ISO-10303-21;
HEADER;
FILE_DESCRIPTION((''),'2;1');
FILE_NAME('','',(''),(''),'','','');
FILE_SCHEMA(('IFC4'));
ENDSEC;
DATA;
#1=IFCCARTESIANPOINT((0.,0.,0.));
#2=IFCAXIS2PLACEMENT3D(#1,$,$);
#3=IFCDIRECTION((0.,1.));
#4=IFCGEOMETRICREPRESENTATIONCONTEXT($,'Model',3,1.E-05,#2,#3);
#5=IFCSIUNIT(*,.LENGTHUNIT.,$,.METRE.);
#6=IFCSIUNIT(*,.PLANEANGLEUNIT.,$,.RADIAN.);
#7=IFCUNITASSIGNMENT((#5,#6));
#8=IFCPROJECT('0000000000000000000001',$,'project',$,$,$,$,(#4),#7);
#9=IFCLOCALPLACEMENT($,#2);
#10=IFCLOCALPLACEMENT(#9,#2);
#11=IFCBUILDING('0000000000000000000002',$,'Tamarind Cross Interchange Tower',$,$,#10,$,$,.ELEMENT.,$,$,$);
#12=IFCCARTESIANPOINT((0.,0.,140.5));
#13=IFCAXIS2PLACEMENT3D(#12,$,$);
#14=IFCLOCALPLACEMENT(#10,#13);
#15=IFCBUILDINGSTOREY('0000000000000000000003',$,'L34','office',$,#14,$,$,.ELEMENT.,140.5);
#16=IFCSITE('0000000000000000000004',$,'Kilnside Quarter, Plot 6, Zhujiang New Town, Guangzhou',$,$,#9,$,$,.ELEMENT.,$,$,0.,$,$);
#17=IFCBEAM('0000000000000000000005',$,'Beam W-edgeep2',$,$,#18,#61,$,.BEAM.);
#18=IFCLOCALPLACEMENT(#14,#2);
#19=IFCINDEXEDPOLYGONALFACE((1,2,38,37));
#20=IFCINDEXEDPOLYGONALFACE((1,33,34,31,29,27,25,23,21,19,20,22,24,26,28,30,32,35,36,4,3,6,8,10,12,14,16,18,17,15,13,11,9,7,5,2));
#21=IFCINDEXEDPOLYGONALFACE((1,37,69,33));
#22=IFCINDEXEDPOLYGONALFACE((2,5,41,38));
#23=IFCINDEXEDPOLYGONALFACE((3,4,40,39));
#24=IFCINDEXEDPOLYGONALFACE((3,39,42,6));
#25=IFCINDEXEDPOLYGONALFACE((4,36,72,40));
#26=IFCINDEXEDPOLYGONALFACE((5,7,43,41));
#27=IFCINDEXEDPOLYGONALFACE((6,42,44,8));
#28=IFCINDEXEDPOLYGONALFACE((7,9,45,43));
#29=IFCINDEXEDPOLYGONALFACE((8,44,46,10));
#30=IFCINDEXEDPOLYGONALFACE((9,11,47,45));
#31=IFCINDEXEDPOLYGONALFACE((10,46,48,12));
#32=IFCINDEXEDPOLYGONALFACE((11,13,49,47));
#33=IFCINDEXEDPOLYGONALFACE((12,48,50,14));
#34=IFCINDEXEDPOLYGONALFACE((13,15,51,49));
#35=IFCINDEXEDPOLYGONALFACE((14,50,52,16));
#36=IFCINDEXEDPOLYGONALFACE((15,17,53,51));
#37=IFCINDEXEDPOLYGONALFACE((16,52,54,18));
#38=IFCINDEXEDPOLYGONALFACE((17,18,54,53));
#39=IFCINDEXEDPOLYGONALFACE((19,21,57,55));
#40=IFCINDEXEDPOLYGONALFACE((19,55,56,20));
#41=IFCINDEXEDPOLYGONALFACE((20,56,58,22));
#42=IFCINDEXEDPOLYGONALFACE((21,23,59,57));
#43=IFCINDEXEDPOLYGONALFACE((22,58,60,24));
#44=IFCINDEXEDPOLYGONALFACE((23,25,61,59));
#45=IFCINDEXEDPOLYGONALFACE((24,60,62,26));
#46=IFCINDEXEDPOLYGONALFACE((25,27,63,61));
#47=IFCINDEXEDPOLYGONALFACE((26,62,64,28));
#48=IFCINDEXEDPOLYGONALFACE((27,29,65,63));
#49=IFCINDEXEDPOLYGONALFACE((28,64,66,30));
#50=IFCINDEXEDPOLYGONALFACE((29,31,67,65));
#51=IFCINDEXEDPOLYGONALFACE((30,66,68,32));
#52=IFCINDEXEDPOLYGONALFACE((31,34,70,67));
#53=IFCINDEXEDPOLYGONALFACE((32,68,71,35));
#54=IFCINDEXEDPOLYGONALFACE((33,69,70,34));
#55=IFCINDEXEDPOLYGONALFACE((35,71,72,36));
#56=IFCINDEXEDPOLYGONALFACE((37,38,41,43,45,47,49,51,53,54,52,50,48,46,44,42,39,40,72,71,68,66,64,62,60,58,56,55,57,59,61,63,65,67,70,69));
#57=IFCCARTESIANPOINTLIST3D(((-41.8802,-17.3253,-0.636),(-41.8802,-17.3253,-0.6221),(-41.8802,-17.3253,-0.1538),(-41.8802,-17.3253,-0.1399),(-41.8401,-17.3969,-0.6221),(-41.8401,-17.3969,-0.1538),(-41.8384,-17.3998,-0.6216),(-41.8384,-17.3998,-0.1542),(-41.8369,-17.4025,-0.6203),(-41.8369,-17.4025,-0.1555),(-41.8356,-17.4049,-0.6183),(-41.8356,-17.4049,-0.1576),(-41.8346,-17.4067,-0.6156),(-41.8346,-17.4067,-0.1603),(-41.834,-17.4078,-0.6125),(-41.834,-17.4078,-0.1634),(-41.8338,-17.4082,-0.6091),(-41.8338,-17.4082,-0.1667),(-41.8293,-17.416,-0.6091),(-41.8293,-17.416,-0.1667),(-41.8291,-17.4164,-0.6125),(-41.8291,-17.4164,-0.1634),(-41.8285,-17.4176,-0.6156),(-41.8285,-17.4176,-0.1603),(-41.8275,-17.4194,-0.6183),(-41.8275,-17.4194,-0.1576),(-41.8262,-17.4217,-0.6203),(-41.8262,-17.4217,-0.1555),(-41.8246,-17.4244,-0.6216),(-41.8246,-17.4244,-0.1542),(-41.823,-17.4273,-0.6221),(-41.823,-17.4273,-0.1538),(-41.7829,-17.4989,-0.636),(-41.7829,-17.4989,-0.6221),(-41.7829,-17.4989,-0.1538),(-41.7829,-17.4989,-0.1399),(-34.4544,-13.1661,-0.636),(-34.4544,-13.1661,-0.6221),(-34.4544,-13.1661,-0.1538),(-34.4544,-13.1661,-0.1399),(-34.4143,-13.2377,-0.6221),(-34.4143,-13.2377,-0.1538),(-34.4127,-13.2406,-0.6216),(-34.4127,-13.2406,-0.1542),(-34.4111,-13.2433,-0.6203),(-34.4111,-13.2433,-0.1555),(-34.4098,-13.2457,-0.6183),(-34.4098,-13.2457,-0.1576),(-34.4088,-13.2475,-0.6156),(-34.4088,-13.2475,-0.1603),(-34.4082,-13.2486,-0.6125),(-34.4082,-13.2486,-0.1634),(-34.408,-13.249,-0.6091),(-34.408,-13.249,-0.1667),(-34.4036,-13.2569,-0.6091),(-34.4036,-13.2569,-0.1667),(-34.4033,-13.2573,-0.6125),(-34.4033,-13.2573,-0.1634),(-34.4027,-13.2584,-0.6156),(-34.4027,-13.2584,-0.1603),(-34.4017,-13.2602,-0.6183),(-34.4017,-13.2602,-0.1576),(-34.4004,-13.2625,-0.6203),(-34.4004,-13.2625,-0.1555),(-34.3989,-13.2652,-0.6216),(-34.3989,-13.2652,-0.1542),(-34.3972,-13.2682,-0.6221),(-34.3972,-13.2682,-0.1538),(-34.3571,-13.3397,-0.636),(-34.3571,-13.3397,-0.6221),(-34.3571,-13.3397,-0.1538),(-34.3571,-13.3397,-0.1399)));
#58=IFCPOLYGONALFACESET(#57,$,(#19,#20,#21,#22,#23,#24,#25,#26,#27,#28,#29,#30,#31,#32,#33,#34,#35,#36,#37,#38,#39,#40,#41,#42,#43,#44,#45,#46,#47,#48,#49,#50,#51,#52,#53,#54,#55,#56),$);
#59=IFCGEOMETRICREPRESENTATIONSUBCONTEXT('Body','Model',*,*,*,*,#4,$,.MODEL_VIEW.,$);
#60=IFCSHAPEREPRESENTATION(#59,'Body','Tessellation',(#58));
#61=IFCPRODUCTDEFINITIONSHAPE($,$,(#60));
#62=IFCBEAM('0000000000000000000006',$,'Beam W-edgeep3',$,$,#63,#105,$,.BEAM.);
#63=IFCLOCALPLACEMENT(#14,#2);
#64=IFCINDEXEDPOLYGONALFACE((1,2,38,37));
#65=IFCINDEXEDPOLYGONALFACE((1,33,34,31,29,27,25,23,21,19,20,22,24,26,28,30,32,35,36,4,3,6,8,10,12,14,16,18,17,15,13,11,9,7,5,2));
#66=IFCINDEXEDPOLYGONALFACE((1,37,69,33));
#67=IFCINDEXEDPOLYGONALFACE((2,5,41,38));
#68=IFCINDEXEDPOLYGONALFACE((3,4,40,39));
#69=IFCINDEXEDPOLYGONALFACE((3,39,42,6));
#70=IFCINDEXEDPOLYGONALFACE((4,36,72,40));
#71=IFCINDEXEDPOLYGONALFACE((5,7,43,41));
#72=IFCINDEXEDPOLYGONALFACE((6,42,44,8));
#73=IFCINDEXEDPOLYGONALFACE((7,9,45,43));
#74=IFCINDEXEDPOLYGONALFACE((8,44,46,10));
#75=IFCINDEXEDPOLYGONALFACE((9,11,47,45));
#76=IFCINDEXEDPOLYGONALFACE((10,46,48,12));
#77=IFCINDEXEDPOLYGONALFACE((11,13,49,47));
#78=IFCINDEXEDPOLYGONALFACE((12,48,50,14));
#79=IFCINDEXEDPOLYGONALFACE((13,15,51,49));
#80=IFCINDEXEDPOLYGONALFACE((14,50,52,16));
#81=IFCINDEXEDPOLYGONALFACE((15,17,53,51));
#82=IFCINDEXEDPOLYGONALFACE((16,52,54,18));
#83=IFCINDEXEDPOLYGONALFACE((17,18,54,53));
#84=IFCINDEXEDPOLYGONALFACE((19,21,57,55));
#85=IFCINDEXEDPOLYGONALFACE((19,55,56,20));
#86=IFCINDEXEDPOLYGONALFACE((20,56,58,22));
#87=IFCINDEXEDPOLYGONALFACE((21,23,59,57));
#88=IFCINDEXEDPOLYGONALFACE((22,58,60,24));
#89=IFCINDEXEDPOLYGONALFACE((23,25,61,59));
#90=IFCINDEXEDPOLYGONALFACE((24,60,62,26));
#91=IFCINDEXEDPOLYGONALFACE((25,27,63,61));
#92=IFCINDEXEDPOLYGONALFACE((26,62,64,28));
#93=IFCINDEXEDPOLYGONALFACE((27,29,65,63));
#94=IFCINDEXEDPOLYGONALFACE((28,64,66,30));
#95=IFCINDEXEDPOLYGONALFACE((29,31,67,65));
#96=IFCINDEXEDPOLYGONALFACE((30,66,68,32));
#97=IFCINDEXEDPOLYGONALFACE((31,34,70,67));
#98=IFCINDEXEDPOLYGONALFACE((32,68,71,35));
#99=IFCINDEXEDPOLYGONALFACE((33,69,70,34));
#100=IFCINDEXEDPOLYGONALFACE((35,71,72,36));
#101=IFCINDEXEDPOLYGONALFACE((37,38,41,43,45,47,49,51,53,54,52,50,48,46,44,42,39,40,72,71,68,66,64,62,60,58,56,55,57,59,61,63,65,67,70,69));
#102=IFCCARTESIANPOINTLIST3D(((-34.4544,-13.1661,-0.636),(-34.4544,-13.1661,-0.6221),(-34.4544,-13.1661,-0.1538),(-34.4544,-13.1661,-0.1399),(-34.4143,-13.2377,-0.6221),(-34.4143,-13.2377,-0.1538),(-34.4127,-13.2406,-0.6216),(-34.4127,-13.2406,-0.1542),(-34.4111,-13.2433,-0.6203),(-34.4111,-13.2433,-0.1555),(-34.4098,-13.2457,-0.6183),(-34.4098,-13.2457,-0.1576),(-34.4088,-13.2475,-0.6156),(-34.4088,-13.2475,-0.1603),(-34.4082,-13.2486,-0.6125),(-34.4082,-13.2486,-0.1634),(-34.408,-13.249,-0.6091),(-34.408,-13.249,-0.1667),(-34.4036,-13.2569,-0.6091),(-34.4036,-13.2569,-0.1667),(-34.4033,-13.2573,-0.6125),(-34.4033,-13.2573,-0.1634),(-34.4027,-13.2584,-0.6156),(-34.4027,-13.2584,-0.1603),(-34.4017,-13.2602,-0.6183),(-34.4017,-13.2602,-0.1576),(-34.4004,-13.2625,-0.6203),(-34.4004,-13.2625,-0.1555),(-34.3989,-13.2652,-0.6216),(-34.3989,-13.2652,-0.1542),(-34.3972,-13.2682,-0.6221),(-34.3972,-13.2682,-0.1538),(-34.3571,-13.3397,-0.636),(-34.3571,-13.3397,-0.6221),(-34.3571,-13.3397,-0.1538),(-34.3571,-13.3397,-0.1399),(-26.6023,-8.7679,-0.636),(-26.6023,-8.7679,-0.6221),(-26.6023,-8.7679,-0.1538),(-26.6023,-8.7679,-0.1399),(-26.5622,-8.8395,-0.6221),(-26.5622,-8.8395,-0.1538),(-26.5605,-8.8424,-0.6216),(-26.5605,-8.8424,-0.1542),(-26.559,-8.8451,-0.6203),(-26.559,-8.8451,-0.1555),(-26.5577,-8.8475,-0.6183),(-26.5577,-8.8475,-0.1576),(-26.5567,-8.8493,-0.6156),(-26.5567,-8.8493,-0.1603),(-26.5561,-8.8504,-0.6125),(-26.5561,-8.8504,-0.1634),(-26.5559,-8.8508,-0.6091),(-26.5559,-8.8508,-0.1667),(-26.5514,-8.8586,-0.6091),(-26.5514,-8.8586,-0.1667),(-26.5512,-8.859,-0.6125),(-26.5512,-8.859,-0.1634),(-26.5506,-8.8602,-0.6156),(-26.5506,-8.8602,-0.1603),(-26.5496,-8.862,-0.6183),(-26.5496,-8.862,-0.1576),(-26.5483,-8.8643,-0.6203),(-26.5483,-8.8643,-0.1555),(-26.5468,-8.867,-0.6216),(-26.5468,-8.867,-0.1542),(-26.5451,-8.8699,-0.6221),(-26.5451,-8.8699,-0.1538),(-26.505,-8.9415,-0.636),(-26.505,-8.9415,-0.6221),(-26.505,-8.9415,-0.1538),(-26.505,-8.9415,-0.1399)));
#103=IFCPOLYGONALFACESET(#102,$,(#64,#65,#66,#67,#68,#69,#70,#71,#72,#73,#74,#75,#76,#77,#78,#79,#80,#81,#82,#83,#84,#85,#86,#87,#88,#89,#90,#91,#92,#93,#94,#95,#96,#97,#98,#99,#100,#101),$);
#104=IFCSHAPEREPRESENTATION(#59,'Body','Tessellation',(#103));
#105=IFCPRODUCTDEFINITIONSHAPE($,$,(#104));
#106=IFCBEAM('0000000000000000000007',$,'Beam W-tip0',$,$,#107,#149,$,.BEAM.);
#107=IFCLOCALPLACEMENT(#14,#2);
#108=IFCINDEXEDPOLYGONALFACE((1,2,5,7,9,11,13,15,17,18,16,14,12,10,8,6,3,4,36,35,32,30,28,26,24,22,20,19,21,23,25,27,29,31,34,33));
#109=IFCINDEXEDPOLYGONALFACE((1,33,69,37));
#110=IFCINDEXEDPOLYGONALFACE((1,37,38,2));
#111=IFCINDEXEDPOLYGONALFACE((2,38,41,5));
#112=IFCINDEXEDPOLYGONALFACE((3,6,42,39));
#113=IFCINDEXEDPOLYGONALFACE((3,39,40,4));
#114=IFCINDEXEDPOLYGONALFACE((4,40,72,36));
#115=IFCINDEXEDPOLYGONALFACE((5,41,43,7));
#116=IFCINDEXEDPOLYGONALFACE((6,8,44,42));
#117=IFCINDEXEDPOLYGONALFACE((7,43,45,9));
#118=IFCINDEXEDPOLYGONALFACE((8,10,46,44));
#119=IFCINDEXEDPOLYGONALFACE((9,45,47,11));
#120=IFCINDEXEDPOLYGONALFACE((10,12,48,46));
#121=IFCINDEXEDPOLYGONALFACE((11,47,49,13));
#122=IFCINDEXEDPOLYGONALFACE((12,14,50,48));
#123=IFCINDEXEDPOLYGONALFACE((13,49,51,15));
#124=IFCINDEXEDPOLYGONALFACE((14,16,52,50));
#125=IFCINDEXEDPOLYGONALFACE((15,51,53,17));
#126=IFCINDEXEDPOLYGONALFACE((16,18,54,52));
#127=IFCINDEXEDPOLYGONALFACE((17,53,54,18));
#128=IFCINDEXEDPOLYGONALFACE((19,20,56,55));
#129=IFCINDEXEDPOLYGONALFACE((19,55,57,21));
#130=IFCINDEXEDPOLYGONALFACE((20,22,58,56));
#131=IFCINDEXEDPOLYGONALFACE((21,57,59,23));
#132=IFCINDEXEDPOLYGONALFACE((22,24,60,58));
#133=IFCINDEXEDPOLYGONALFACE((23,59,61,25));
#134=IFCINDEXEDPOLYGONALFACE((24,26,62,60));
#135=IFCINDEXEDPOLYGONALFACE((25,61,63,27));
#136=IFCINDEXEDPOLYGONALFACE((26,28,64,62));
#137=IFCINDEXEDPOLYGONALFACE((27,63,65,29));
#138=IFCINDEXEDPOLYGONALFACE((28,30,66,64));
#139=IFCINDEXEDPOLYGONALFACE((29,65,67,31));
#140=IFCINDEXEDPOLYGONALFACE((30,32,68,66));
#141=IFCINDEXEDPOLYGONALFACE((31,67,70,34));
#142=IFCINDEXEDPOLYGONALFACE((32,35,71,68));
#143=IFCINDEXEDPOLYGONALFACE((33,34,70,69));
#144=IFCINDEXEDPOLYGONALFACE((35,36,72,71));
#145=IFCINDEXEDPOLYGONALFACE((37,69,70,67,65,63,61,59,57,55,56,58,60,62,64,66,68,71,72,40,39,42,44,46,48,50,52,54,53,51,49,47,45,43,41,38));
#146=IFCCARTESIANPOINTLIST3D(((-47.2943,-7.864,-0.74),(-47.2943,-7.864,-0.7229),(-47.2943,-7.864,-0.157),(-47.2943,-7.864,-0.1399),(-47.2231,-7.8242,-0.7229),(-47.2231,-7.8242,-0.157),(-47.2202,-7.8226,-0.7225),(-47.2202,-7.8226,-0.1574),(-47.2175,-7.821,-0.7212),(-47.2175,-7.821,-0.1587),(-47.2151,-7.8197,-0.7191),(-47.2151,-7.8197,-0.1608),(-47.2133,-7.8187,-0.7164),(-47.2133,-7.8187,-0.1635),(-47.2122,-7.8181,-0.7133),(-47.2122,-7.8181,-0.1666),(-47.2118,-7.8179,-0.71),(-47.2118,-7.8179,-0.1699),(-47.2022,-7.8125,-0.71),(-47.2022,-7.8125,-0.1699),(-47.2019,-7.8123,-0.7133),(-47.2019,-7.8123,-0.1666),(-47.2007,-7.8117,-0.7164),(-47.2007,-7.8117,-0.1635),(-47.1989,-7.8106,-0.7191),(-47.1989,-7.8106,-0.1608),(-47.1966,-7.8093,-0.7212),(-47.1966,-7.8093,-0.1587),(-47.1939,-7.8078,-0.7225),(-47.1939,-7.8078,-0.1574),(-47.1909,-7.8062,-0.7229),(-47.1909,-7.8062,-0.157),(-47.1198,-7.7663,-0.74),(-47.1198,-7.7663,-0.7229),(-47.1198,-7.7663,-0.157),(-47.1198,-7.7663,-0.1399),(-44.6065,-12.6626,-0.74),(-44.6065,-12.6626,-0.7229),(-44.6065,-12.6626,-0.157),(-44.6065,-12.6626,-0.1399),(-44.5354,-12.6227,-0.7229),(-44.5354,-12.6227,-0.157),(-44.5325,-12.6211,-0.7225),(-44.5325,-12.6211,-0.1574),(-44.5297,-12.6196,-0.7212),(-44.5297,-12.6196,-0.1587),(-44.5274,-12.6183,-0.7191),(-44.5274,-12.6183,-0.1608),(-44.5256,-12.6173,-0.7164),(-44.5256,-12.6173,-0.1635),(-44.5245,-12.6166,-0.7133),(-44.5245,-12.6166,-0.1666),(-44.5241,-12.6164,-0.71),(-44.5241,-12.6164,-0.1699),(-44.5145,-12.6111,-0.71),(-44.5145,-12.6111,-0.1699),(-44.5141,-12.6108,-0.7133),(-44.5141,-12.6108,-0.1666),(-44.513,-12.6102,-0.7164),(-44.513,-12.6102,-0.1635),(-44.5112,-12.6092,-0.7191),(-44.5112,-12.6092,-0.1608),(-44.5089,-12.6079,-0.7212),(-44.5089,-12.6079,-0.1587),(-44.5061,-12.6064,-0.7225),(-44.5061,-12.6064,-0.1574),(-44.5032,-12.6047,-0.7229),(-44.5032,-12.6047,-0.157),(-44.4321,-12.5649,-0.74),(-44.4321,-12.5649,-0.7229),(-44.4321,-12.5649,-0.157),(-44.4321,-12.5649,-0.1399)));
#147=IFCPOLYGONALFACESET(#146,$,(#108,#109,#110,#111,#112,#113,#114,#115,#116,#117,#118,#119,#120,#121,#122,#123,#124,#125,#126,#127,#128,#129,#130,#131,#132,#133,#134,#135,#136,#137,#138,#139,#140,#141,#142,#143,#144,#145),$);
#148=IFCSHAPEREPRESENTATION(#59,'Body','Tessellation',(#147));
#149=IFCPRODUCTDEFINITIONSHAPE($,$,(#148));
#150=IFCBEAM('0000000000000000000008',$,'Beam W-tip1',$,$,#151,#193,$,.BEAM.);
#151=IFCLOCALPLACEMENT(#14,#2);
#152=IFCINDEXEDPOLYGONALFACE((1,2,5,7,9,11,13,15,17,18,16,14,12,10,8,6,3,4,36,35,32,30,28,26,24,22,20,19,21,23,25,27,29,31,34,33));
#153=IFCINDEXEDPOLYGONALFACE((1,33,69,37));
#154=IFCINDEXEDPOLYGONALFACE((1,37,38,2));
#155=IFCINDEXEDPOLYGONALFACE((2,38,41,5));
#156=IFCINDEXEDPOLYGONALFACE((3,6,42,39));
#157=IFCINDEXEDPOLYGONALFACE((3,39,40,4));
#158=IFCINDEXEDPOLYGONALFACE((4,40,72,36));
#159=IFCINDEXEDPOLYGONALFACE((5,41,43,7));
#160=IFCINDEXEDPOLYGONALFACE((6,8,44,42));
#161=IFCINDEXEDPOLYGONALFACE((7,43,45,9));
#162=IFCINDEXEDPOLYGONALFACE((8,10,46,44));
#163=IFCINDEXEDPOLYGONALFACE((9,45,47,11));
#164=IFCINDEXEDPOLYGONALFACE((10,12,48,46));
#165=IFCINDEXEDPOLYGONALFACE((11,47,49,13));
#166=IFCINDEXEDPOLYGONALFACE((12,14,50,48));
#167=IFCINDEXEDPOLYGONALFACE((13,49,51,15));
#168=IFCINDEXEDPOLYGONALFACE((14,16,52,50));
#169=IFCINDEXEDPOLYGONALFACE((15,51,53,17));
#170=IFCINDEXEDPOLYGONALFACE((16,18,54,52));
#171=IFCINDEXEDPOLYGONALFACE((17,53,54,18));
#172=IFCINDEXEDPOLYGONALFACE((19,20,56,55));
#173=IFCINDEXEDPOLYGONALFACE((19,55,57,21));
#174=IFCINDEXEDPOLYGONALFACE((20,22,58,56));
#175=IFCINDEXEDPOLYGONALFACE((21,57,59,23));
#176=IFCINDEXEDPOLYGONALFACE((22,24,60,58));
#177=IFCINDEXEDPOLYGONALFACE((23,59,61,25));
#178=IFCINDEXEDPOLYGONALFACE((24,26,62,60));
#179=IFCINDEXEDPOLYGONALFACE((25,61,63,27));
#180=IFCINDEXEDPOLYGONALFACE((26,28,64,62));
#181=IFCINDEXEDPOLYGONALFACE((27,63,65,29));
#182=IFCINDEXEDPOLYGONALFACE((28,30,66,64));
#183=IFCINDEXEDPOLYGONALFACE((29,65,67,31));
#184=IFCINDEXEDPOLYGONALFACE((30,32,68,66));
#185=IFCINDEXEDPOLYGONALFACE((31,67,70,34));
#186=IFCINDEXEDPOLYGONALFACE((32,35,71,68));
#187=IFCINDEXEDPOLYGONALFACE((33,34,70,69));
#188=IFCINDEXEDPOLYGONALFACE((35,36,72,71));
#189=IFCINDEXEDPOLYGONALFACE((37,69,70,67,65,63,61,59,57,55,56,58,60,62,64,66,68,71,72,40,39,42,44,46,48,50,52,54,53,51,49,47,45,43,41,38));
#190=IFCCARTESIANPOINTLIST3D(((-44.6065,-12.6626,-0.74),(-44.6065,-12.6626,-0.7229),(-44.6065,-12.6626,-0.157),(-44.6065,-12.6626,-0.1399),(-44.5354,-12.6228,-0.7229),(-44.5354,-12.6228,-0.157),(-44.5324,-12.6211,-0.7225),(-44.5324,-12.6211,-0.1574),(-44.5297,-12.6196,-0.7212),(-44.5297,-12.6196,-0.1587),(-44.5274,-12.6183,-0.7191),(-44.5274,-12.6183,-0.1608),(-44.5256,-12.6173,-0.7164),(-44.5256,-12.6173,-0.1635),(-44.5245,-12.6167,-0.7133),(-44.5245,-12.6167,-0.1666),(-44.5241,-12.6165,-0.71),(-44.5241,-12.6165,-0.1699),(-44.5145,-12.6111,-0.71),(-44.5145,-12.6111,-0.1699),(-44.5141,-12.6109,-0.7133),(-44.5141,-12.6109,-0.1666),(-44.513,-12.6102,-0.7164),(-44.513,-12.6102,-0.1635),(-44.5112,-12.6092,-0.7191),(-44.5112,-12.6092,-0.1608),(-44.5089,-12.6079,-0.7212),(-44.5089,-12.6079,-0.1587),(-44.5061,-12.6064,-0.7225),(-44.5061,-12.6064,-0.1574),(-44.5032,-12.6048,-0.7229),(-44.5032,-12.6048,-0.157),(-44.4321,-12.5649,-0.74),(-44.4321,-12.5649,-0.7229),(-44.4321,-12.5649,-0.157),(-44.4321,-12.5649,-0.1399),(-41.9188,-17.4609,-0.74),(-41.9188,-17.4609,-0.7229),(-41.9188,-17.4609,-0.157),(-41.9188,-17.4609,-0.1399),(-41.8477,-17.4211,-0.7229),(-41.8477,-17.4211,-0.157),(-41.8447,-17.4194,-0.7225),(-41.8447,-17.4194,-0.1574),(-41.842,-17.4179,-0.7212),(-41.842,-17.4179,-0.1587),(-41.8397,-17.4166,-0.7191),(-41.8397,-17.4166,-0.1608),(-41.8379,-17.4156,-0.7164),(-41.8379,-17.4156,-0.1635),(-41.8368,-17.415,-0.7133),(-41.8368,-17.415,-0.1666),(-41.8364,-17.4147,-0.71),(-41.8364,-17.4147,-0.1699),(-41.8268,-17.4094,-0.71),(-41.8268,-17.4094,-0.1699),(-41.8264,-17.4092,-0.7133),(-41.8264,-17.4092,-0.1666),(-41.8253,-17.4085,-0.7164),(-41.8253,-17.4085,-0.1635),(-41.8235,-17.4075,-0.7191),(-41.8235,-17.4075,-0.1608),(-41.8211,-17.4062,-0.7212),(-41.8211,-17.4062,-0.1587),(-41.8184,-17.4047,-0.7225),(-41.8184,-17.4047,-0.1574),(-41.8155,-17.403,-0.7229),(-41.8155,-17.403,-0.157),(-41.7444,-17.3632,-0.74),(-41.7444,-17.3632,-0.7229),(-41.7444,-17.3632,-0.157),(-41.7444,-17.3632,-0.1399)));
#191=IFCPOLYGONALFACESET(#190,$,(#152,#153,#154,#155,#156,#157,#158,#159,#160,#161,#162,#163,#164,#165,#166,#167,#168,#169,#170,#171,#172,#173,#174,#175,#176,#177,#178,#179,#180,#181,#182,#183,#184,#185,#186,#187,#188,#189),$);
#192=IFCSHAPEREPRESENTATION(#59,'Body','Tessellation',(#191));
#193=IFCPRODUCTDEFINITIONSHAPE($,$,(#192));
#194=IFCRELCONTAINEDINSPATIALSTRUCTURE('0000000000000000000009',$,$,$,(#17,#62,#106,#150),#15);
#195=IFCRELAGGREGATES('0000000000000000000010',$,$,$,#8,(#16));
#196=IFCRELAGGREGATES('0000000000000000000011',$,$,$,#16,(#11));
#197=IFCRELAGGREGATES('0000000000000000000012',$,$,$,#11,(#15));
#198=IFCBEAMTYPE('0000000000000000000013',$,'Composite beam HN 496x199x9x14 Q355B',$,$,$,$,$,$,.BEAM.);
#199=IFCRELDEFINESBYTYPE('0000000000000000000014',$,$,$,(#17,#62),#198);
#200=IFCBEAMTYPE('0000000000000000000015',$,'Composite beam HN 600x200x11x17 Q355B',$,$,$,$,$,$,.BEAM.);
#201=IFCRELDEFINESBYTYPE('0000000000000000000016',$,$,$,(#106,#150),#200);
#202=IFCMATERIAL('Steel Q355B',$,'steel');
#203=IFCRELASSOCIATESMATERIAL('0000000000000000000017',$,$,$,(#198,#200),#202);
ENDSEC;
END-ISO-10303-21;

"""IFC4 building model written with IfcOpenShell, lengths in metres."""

from ifc_helpers import new_model, si_unit, direction, frame, origin, origin_2d, place, context, subcontext, project, spatial, i_section, extrude, material, material_profile, profile_set, type_object, element, save


model = new_model("IFC4")

# Units and contexts
model_context = context("Model", 3, precision=1e-05, world=origin(), true_north=direction((0.0, 1.0)))
body_context = subcontext(model_context, "Body", "Model", "MODEL_VIEW")
ifc_project = project(units=[si_unit("LENGTHUNIT", "METRE"), si_unit("PLANEANGLEUNIT", "RADIAN")], contexts=[model_context])

# Site, building, storey
site_placement = place(None, origin())
site = spatial("IfcSite", under=ifc_project, at=site_placement, Name="Kilnside Quarter, Plot 6, Zhujiang New Town, Guangzhou", CompositionType="ELEMENT", RefElevation=0.0)
building_placement = place(site_placement, origin())
building = spatial("IfcBuilding", under=site, at=building_placement, Name="Tamarind Cross Interchange Tower", CompositionType="ELEMENT")
storey_placement = place(building_placement, frame((0.0, 0.0, 140.5)))
storey = spatial("IfcBuildingStorey", under=building, at=storey_placement, Name="L34", Description="office", CompositionType="ELEMENT", Elevation=140.5)

# Beams
ifc_material_1 = material(Name="Steel Q355B", Category="steel")
ifc_material_profile_1 = material_profile(ifc_material_1, i_section(OverallWidth=0.199, OverallDepth=0.4961, WebThickness=0.009, FlangeThickness=0.0139, FilletRadius=0.0129, at=origin_2d()), Name="HN 496x199x9x14")
ifc_profile_set_1 = profile_set([ifc_material_profile_1], Name="Steel Q355B")
beam_type_1 = type_object("IfcBeamType", Name="Composite beam HN 496x199x9x14 Q355B", PredefinedType="BEAM", material=ifc_profile_set_1)
beam_1_placement = place(storey_placement, frame((-41.8315, -17.4121, -0.3879), z_axis=(0.872469, 0.48867, 0.0), x_axis=(-0.48867, 0.872469, 0.0)))
element("IfcBeam", 1, at=beam_1_placement, inside=storey, type_object=beam_type_1, Name="Beam W-edgeep2", PredefinedType="BEAM", context=body_context, shape_type="SweptSolid", body=[
    extrude(i_section(OverallWidth=0.199, OverallDepth=0.4961, WebThickness=0.009, FlangeThickness=0.0139, FilletRadius=0.0129, at=origin_2d()), origin(), (0.0, 0.0, 1.0), 8.5112),
])
beam_2_placement = place(storey_placement, frame((-34.4058, -13.2529, -0.3879), z_axis=(0.872457, 0.488692, 0.0), x_axis=(-0.488692, 0.872457, 0.0)))
element("IfcBeam", 2, at=beam_2_placement, inside=storey, type_object=beam_type_1, Name="Beam W-edgeep3", PredefinedType="BEAM", context=body_context, shape_type="SweptSolid", body=[
    extrude(i_section(OverallWidth=0.199, OverallDepth=0.4961, WebThickness=0.009, FlangeThickness=0.0139, FilletRadius=0.0129, at=origin_2d()), origin(), (0.0, 0.0, 1.0), 9.0),
])
ifc_material_profile_2 = material_profile(ifc_material_1, i_section(OverallWidth=0.2, OverallDepth=0.6001, WebThickness=0.011, FlangeThickness=0.0171, FilletRadius=0.0129, at=origin_2d()), Name="HN 600x200x11x17")
ifc_profile_set_2 = profile_set([ifc_material_profile_2], Name="Steel Q355B")
beam_type_2 = type_object("IfcBeamType", Name="Composite beam HN 600x200x11x17 Q355B", PredefinedType="BEAM", material=ifc_profile_set_2)
beam_3_placement = place(storey_placement, frame((-47.207, -7.8152, -0.4399), z_axis=(0.488678, -0.872464, 0.0), x_axis=(0.872464, 0.488678, 0.0)))
element("IfcBeam", 3, at=beam_3_placement, inside=storey, type_object=beam_type_2, Name="Beam W-tip0", PredefinedType="BEAM", context=body_context, shape_type="SweptSolid", body=[
    extrude(i_section(OverallWidth=0.2, OverallDepth=0.6001, WebThickness=0.011, FlangeThickness=0.0171, FilletRadius=0.0129, at=origin_2d()), origin(), (0.0, 0.0, 1.0), 5.5),
])
beam_4_placement = place(storey_placement, frame((-44.5193, -12.6138, -0.4399), z_axis=(0.488697, -0.872454, 0.0), x_axis=(0.872454, 0.488697, 0.0)))
element("IfcBeam", 4, at=beam_4_placement, inside=storey, type_object=beam_type_2, Name="Beam W-tip1", PredefinedType="BEAM", context=body_context, shape_type="SweptSolid", body=[
    extrude(i_section(OverallWidth=0.2, OverallDepth=0.6001, WebThickness=0.011, FlangeThickness=0.0171, FilletRadius=0.0129, at=origin_2d()), origin(), (0.0, 0.0, 1.0), 5.4998),
])

save(model, "model.ifc")
